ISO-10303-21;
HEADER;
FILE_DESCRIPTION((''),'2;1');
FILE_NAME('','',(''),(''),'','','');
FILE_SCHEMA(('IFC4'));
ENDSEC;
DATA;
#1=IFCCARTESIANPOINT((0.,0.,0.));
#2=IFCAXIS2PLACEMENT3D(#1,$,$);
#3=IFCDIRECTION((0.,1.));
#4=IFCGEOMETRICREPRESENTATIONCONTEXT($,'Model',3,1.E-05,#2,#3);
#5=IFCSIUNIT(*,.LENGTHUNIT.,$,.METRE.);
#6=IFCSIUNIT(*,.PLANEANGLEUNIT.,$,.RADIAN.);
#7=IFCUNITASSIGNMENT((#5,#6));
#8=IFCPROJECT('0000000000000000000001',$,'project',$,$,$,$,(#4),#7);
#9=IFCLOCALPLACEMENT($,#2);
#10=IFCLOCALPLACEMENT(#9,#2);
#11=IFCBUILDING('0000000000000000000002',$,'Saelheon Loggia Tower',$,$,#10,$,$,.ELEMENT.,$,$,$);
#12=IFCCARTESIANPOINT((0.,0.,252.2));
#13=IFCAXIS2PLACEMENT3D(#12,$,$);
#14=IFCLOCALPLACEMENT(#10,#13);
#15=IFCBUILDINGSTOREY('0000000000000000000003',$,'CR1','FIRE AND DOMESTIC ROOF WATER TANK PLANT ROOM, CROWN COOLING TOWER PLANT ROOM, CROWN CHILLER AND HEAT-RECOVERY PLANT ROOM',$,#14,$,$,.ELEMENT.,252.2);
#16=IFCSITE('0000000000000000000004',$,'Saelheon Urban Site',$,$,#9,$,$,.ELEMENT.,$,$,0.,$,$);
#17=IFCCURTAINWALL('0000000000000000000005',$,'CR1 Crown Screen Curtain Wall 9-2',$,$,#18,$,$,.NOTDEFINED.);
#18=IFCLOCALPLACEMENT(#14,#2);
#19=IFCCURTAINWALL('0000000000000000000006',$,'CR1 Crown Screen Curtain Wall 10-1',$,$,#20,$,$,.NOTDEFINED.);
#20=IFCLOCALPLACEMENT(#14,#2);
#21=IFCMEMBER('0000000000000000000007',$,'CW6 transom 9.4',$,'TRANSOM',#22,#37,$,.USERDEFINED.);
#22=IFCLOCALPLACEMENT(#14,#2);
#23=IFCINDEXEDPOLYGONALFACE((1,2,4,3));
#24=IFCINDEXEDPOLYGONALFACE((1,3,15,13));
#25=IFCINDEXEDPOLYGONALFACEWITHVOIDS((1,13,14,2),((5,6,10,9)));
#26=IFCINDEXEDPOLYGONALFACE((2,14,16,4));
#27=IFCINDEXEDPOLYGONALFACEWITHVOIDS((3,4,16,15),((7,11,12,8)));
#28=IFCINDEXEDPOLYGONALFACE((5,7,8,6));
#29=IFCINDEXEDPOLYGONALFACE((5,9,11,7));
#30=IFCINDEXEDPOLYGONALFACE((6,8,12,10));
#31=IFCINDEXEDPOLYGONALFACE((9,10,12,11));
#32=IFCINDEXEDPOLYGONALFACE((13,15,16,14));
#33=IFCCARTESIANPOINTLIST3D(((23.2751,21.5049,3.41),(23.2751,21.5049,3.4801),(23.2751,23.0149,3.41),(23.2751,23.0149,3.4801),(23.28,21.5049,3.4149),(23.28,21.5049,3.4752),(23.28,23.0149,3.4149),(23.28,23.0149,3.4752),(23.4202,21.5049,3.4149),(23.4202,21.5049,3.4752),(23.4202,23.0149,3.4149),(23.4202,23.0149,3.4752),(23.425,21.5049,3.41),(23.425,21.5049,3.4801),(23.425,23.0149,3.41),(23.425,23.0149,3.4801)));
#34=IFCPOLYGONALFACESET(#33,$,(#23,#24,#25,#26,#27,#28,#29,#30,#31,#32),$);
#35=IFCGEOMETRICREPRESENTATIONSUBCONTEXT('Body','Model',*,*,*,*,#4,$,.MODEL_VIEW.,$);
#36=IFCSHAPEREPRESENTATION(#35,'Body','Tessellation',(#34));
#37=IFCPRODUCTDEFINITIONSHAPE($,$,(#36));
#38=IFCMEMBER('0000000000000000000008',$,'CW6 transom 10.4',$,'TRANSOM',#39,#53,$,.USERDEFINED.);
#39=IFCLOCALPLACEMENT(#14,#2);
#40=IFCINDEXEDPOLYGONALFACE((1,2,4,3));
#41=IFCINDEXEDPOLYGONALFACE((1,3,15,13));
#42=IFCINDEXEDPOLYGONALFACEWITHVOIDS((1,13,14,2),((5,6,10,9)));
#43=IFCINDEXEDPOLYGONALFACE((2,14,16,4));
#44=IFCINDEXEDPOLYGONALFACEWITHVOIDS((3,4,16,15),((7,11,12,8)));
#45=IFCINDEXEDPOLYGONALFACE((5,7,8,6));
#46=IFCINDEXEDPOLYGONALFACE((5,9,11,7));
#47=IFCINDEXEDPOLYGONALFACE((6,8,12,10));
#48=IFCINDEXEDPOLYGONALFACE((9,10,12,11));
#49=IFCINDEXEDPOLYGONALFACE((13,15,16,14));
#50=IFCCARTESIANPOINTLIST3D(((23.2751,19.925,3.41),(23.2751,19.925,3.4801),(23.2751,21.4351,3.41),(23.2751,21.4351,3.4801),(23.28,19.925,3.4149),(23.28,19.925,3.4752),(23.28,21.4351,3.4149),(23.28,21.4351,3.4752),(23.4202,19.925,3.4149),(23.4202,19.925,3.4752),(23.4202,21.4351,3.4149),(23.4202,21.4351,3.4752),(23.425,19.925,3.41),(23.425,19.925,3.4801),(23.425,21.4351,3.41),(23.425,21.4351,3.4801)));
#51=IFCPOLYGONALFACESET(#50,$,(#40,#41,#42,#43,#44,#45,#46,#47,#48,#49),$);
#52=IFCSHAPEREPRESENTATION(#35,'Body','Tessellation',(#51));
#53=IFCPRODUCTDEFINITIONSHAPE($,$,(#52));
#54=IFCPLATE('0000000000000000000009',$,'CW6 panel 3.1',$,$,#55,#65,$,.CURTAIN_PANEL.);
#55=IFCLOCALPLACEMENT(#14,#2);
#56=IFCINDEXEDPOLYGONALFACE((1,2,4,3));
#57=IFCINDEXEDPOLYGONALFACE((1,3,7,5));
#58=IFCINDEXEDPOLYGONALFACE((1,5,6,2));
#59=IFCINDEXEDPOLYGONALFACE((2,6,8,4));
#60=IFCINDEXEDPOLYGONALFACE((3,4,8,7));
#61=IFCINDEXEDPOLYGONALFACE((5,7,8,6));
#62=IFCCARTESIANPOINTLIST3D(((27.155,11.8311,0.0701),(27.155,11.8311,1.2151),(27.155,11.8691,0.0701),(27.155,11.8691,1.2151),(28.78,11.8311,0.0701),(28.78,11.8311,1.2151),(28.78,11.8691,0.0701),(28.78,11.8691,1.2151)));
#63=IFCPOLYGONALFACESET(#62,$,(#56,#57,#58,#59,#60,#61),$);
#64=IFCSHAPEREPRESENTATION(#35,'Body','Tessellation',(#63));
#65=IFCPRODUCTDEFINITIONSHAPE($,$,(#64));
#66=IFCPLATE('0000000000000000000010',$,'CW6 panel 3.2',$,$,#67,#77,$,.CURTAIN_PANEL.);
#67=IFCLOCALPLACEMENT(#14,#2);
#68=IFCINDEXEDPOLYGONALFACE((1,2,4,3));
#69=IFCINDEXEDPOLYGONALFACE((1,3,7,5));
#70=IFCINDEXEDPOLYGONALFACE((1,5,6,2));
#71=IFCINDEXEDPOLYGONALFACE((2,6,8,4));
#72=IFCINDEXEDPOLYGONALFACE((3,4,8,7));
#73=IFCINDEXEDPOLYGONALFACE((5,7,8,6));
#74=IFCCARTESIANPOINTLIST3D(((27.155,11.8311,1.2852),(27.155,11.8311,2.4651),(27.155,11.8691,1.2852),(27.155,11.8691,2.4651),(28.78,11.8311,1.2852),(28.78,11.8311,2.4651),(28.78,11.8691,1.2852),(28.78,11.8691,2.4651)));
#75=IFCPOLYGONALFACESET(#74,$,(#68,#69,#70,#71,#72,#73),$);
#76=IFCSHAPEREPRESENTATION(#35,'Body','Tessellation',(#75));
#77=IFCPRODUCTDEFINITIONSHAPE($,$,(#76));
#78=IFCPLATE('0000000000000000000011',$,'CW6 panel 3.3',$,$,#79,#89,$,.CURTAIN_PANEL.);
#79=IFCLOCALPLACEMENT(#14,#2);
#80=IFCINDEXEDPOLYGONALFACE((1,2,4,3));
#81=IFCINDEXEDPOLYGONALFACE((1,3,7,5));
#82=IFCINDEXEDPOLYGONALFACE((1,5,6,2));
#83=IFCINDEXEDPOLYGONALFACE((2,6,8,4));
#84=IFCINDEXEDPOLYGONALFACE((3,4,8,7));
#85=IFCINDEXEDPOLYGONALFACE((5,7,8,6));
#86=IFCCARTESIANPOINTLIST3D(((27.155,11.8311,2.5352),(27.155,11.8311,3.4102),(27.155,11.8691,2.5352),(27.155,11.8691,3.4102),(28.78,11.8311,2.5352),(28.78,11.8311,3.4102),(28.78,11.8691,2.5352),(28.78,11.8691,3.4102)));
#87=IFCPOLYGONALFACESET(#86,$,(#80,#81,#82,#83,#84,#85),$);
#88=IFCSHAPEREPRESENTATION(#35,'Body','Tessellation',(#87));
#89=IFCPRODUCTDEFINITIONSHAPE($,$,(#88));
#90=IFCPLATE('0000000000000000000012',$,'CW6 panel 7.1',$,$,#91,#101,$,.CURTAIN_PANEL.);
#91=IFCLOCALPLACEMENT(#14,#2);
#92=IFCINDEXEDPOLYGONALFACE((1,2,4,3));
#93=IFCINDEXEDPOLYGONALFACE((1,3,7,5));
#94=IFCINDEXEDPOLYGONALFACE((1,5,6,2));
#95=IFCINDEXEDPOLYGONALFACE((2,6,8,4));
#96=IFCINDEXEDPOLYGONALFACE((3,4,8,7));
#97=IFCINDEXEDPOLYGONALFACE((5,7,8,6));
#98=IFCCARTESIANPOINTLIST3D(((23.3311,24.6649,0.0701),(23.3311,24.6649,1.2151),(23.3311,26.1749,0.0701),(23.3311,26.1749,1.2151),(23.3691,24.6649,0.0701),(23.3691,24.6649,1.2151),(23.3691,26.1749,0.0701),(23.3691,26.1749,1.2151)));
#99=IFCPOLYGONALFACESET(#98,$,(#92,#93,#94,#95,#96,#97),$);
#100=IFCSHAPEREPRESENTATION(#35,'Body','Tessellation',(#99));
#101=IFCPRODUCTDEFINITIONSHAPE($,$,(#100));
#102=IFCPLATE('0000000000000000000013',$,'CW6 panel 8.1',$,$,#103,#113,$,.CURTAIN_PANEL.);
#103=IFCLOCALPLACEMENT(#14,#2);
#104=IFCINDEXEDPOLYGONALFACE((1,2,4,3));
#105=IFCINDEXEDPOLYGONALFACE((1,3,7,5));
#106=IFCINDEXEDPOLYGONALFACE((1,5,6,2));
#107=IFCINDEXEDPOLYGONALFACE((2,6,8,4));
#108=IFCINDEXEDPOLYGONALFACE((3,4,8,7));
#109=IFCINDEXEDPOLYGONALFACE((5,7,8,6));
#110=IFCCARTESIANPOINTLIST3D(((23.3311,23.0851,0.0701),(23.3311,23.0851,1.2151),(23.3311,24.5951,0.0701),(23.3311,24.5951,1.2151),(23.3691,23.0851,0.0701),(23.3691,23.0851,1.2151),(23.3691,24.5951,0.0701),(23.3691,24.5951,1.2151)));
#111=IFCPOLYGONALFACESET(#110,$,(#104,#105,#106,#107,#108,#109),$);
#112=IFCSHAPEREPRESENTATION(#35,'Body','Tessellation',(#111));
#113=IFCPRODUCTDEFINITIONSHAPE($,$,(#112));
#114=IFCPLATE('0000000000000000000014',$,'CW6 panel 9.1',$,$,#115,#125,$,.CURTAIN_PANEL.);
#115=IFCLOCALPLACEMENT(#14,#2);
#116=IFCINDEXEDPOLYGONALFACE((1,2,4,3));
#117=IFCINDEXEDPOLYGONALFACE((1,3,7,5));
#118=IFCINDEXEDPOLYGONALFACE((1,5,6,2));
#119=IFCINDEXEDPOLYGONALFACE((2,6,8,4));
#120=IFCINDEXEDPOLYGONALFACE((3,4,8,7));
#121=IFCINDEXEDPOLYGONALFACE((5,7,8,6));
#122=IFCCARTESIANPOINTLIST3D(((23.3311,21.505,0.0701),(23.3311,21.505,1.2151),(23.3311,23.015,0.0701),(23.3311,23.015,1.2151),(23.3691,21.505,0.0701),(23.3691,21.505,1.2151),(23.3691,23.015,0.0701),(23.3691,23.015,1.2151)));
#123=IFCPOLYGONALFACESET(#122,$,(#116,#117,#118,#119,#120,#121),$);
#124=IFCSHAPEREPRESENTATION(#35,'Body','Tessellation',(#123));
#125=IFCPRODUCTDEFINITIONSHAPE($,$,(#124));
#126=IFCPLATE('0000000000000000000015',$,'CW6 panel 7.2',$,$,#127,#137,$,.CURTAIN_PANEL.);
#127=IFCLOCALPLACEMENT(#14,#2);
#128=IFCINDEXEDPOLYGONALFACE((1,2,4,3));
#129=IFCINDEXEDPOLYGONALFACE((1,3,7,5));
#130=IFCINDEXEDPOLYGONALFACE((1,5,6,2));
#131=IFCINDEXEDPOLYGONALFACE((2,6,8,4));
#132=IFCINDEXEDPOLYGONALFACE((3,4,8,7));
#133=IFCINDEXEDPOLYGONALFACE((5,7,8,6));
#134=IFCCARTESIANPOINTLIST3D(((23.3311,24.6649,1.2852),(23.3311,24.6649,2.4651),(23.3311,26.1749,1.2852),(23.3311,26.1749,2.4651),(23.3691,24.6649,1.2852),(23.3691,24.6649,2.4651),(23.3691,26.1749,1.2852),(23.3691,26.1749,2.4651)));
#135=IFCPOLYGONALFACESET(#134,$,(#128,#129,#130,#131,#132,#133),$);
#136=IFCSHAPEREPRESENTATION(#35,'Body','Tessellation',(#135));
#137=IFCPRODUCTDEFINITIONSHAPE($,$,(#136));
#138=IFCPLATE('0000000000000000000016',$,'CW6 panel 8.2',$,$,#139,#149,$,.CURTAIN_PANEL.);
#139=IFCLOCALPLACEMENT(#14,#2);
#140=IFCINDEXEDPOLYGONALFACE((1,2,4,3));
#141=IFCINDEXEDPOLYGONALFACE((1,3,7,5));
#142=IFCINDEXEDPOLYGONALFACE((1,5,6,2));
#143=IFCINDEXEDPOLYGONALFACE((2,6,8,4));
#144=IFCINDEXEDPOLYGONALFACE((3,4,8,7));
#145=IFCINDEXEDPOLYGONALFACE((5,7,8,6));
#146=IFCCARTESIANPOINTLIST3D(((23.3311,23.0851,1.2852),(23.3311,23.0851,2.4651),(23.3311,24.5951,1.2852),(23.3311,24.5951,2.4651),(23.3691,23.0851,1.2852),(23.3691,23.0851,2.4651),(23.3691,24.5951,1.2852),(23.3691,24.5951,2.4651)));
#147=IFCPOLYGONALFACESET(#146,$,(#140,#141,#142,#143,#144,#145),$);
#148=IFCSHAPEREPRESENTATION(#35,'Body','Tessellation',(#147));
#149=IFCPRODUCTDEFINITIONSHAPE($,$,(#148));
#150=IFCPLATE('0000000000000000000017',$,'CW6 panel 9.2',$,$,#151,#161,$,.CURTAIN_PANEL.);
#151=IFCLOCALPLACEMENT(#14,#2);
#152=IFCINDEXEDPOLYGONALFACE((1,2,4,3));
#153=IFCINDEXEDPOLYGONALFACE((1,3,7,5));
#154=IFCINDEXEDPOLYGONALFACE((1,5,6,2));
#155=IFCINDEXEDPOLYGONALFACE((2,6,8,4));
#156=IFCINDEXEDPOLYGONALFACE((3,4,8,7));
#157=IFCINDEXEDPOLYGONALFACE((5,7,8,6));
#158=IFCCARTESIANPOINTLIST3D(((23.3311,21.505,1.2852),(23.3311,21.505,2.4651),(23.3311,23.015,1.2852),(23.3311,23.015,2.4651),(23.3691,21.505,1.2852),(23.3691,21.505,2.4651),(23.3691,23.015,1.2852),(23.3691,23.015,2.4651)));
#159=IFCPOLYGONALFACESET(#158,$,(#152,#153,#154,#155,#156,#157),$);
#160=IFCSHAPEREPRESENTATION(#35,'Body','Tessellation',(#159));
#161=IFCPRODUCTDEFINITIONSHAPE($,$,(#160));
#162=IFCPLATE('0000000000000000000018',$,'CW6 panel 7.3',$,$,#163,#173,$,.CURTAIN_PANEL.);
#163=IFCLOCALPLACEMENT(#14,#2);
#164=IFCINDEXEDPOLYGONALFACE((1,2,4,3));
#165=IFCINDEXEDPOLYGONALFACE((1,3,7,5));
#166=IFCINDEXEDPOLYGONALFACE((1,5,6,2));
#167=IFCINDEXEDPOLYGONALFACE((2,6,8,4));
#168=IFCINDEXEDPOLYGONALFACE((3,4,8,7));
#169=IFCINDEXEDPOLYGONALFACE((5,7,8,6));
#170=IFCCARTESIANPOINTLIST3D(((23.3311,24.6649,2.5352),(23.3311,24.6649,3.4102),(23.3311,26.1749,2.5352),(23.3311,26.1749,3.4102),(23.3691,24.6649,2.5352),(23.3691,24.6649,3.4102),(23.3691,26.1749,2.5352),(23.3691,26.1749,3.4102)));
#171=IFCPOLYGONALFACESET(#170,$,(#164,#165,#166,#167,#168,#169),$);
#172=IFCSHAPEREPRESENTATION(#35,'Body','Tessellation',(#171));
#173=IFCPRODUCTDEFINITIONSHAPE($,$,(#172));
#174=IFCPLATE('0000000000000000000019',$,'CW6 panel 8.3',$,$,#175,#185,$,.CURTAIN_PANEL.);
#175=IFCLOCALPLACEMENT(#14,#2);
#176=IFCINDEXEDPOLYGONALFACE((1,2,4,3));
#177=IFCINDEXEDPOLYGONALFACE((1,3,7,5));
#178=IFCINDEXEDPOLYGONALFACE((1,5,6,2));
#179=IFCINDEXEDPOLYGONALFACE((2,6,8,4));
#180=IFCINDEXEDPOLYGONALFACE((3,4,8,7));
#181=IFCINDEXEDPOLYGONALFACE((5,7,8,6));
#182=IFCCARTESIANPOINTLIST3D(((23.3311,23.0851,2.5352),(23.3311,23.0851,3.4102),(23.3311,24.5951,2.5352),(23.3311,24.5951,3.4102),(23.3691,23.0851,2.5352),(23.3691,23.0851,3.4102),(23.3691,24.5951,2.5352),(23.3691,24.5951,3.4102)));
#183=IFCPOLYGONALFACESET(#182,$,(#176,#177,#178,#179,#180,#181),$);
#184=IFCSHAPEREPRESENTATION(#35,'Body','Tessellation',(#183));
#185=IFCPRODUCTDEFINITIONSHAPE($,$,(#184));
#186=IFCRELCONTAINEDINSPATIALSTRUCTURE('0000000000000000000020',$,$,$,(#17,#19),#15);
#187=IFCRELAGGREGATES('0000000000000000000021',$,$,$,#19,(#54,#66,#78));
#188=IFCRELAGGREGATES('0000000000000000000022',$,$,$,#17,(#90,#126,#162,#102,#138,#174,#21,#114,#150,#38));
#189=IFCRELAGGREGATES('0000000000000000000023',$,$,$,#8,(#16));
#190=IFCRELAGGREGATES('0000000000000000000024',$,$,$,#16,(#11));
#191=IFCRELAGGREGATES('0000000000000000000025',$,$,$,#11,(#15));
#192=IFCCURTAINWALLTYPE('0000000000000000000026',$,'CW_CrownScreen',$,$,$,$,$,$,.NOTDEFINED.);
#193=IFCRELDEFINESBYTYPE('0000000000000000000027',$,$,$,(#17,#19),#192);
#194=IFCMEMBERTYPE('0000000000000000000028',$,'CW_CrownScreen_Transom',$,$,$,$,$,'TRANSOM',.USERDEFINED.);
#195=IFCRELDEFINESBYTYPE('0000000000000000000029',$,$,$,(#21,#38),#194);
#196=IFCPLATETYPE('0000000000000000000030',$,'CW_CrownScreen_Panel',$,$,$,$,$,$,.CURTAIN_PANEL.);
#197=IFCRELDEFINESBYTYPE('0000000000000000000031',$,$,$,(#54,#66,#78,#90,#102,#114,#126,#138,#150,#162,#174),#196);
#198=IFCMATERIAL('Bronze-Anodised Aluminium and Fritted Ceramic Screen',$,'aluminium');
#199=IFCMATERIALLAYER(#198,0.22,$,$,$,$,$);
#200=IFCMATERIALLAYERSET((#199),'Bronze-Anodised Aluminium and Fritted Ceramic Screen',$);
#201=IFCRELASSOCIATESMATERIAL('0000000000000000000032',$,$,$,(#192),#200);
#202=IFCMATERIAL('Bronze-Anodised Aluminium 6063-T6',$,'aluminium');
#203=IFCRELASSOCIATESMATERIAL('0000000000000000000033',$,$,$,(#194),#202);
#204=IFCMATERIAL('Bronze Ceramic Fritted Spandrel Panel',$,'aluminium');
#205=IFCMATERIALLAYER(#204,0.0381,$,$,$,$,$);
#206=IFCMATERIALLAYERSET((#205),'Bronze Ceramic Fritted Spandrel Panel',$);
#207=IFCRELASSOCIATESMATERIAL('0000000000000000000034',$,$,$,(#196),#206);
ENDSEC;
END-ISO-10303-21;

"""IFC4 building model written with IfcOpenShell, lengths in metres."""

from ifc_helpers import new_model, si_unit, direction, frame, origin, origin_2d, place, context, subcontext, project, spatial, rectangle, hollow_rectangle, extrude, source, transform, mapped, material, layer, layer_set, material_profile, profile_set, type_object, element, aggregate, save


model = new_model("IFC4")

# Units and contexts
model_context = context("Model", 3, precision=1e-05, world=origin(), true_north=direction((0.0, 1.0)))
body_context = subcontext(model_context, "Body", "Model", "MODEL_VIEW")
ifc_project = project(units=[si_unit("LENGTHUNIT", "METRE"), si_unit("PLANEANGLEUNIT", "RADIAN")], contexts=[model_context])

# Site, building, storey
site_placement = place(None, origin())
site = spatial("IfcSite", under=ifc_project, at=site_placement, Name="Saelheon Urban Site", CompositionType="ELEMENT", RefElevation=0.0)
building_placement = place(site_placement, origin())
building = spatial("IfcBuilding", under=site, at=building_placement, Name="Saelheon Loggia Tower", CompositionType="ELEMENT")
storey_placement = place(building_placement, frame((0.0, 0.0, 252.2)))
storey = spatial("IfcBuildingStorey", under=building, at=storey_placement, Name="CR1", Description="FIRE AND DOMESTIC ROOF WATER TANK PLANT ROOM, CROWN COOLING TOWER PLANT ROOM, CROWN CHILLER AND HEAT-RECOVERY PLANT ROOM", CompositionType="ELEMENT", Elevation=252.2)

# Curtain wall
ifc_material_1 = material(Name="Bronze-Anodised Aluminium and Fritted Ceramic Screen", Category="aluminium")
ifc_layer_1 = layer(ifc_material_1, 0.22)
ifc_layer_set_1 = layer_set([ifc_layer_1], Name="Bronze-Anodised Aluminium and Fritted Ceramic Screen")
curtain_wall_type = type_object("IfcCurtainWallType", Name="CW_CrownScreen", PredefinedType="NOTDEFINED", material=ifc_layer_set_1)
curtain_wall_1_placement = place(storey_placement, origin())
curtain_wall_1 = element("IfcCurtainWall", 1, at=curtain_wall_1_placement, inside=storey, type_object=curtain_wall_type, Name="CR1 Crown Screen Curtain Wall 9-2", PredefinedType="NOTDEFINED")
ifc_material_2 = material(Name="Bronze-Anodised Aluminium 6063-T6", Category="aluminium")

# Curtain wall
curtain_wall_2_placement = place(storey_placement, origin())
curtain_wall_2 = element("IfcCurtainWall", 2, at=curtain_wall_2_placement, inside=storey, type_object=curtain_wall_type, Name="CR1 Crown Screen Curtain Wall 10-1", PredefinedType="NOTDEFINED")
ifc_material_profile_1 = material_profile(ifc_material_2, hollow_rectangle(XDim=0.0701, YDim=0.1499, WallThickness=0.0049, at=origin_2d()), Name="RHS-150x70x5")
ifc_profile_set_1 = profile_set([ifc_material_profile_1], Name="Bronze-Anodised Aluminium 6063-T6")
member_type_1 = type_object("IfcMemberType", Name="CW_CrownScreen_Transom", ElementType="TRANSOM", PredefinedType="USERDEFINED", material=ifc_profile_set_1)

# Members
shared_shape_1 = source(origin(), body_context, "Body", "SweptSolid", [
    extrude(hollow_rectangle(XDim=0.0701, YDim=0.1499, WallThickness=0.0049, at=origin_2d()), origin(), (0.0, 0.0, 1.0), 1.51),
])
member_1_placement = place(storey_placement, frame((23.3501, 23.0149, 3.4451), z_axis=(0.0, -1.0, 0.0), x_axis=(0.0, 0.0, 1.0)))
member_1 = element("IfcMember", 3, at=member_1_placement, type_object=member_type_1, Name="CW6 transom 9.4", ObjectType="TRANSOM", PredefinedType="USERDEFINED", context=body_context, shape_type="MappedRepresentation", body=[
    mapped(shared_shape_1, transform((0.0, 0.0, 0.0), scale=1.0)),
])
member_2_placement = place(storey_placement, frame((23.3501, 21.4351, 3.4451), z_axis=(0.0, -1.0, 0.0), x_axis=(0.0, 0.0, 1.0)))
member_2 = element("IfcMember", 4, at=member_2_placement, type_object=member_type_1, Name="CW6 transom 10.4", ObjectType="TRANSOM", PredefinedType="USERDEFINED", context=body_context, shape_type="MappedRepresentation", body=[
    mapped(shared_shape_1, transform((0.0, 0.0, 0.0), scale=1.0)),
])

# Plates
ifc_material_3 = material(Name="Bronze Ceramic Fritted Spandrel Panel", Category="aluminium")
ifc_layer_2 = layer(ifc_material_3, 0.0381)
ifc_layer_set_2 = layer_set([ifc_layer_2], Name="Bronze Ceramic Fritted Spandrel Panel")
plate_type = type_object("IfcPlateType", Name="CW_CrownScreen_Panel", PredefinedType="CURTAIN_PANEL", material=ifc_layer_set_2)
shared_shape_2 = source(origin(), body_context, "Body", "SweptSolid", [
    extrude(rectangle(XDim=1.625, YDim=0.0381, at=origin_2d()), origin(), (0.0, 0.0, 1.0), 1.145),
])
plate_1_placement = place(storey_placement, frame((27.9675, 11.8501, 0.0701), z_axis=(0.0, 0.0, 1.0), x_axis=(1.0, 0.0, 0.0)))
plate_1 = element("IfcPlate", 5, at=plate_1_placement, type_object=plate_type, Name="CW6 panel 3.1", PredefinedType="CURTAIN_PANEL", context=body_context, shape_type="MappedRepresentation", body=[
    mapped(shared_shape_2, transform((0.0, 0.0, 0.0), scale=1.0)),
])
shared_shape_3 = source(origin(), body_context, "Body", "SweptSolid", [
    extrude(rectangle(XDim=1.625, YDim=0.0381, at=origin_2d()), origin(), (0.0, 0.0, 1.0), 1.1799),
])
plate_2_placement = place(storey_placement, frame((27.9675, 11.8501, 1.2852), z_axis=(0.0, 0.0, 1.0), x_axis=(1.0, 0.0, 0.0)))
plate_2 = element("IfcPlate", 6, at=plate_2_placement, type_object=plate_type, Name="CW6 panel 3.2", PredefinedType="CURTAIN_PANEL", context=body_context, shape_type="MappedRepresentation", body=[
    mapped(shared_shape_3, transform((0.0, 0.0, 0.0), scale=1.0)),
])
shared_shape_4 = source(origin(), body_context, "Body", "SweptSolid", [
    extrude(rectangle(XDim=1.625, YDim=0.0381, at=origin_2d()), origin(), (0.0, 0.0, 1.0), 0.875),
])
plate_3_placement = place(storey_placement, frame((27.9675, 11.8501, 2.5352), z_axis=(0.0, 0.0, 1.0), x_axis=(1.0, 0.0, 0.0)))
plate_3 = element("IfcPlate", 7, at=plate_3_placement, type_object=plate_type, Name="CW6 panel 3.3", PredefinedType="CURTAIN_PANEL", context=body_context, shape_type="MappedRepresentation", body=[
    mapped(shared_shape_4, transform((0.0, 0.0, 0.0), scale=1.0)),
])
aggregate(curtain_wall_2, [plate_1, plate_2, plate_3])
shared_shape_5 = source(origin(), body_context, "Body", "SweptSolid", [
    extrude(rectangle(XDim=1.51, YDim=0.0381, at=origin_2d()), origin(), (0.0, 0.0, 1.0), 1.145),
])
plate_4_placement = place(storey_placement, frame((23.3501, 25.4199, 0.0701), z_axis=(0.0, 0.0, 1.0), x_axis=(0.0, -1.0, 0.0)))
plate_4 = element("IfcPlate", 8, at=plate_4_placement, type_object=plate_type, Name="CW6 panel 7.1", PredefinedType="CURTAIN_PANEL", context=body_context, shape_type="MappedRepresentation", body=[
    mapped(shared_shape_5, transform((0.0, 0.0, 0.0), scale=1.0)),
])
plate_5_placement = place(storey_placement, frame((23.3501, 23.8401, 0.0701), z_axis=(0.0, 0.0, 1.0), x_axis=(0.0, -1.0, 0.0)))
plate_5 = element("IfcPlate", 9, at=plate_5_placement, type_object=plate_type, Name="CW6 panel 8.1", PredefinedType="CURTAIN_PANEL", context=body_context, shape_type="MappedRepresentation", body=[
    mapped(shared_shape_5, transform((0.0, 0.0, 0.0), scale=1.0)),
])
plate_6_placement = place(storey_placement, frame((23.3501, 22.26, 0.0701), z_axis=(0.0, 0.0, 1.0), x_axis=(0.0, -1.0, 0.0)))
plate_6 = element("IfcPlate", 10, at=plate_6_placement, type_object=plate_type, Name="CW6 panel 9.1", PredefinedType="CURTAIN_PANEL", context=body_context, shape_type="MappedRepresentation", body=[
    mapped(shared_shape_5, transform((0.0, 0.0, 0.0), scale=1.0)),
])
shared_shape_6 = source(origin(), body_context, "Body", "SweptSolid", [
    extrude(rectangle(XDim=1.51, YDim=0.0381, at=origin_2d()), origin(), (0.0, 0.0, 1.0), 1.1799),
])
plate_7_placement = place(storey_placement, frame((23.3501, 25.4199, 1.2852), z_axis=(0.0, 0.0, 1.0), x_axis=(0.0, -1.0, 0.0)))
plate_7 = element("IfcPlate", 11, at=plate_7_placement, type_object=plate_type, Name="CW6 panel 7.2", PredefinedType="CURTAIN_PANEL", context=body_context, shape_type="MappedRepresentation", body=[
    mapped(shared_shape_6, transform((0.0, 0.0, 0.0), scale=1.0)),
])
plate_8_placement = place(storey_placement, frame((23.3501, 23.8401, 1.2852), z_axis=(0.0, 0.0, 1.0), x_axis=(0.0, -1.0, 0.0)))
plate_8 = element("IfcPlate", 12, at=plate_8_placement, type_object=plate_type, Name="CW6 panel 8.2", PredefinedType="CURTAIN_PANEL", context=body_context, shape_type="MappedRepresentation", body=[
    mapped(shared_shape_6, transform((0.0, 0.0, 0.0), scale=1.0)),
])
plate_9_placement = place(storey_placement, frame((23.3501, 22.26, 1.2852), z_axis=(0.0, 0.0, 1.0), x_axis=(0.0, -1.0, 0.0)))
plate_9 = element("IfcPlate", 13, at=plate_9_placement, type_object=plate_type, Name="CW6 panel 9.2", PredefinedType="CURTAIN_PANEL", context=body_context, shape_type="MappedRepresentation", body=[
    mapped(shared_shape_6, transform((0.0, 0.0, 0.0), scale=1.0)),
])
shared_shape_7 = source(origin(), body_context, "Body", "SweptSolid", [
    extrude(rectangle(XDim=1.51, YDim=0.0381, at=origin_2d()), origin(), (0.0, 0.0, 1.0), 0.875),
])
plate_10_placement = place(storey_placement, frame((23.3501, 25.4199, 2.5352), z_axis=(0.0, 0.0, 1.0), x_axis=(0.0, -1.0, 0.0)))
plate_10 = element("IfcPlate", 14, at=plate_10_placement, type_object=plate_type, Name="CW6 panel 7.3", PredefinedType="CURTAIN_PANEL", context=body_context, shape_type="MappedRepresentation", body=[
    mapped(shared_shape_7, transform((0.0, 0.0, 0.0), scale=1.0)),
])
plate_11_placement = place(storey_placement, frame((23.3501, 23.8401, 2.5352), z_axis=(0.0, 0.0, 1.0), x_axis=(0.0, -1.0, 0.0)))
plate_11 = element("IfcPlate", 15, at=plate_11_placement, type_object=plate_type, Name="CW6 panel 8.3", PredefinedType="CURTAIN_PANEL", context=body_context, shape_type="MappedRepresentation", body=[
    mapped(shared_shape_7, transform((0.0, 0.0, 0.0), scale=1.0)),
])
aggregate(curtain_wall_1, [plate_4, plate_7, plate_10, plate_5, plate_8, plate_11, member_1, plate_6, plate_9, member_2])

save(model, "model.ifc")
